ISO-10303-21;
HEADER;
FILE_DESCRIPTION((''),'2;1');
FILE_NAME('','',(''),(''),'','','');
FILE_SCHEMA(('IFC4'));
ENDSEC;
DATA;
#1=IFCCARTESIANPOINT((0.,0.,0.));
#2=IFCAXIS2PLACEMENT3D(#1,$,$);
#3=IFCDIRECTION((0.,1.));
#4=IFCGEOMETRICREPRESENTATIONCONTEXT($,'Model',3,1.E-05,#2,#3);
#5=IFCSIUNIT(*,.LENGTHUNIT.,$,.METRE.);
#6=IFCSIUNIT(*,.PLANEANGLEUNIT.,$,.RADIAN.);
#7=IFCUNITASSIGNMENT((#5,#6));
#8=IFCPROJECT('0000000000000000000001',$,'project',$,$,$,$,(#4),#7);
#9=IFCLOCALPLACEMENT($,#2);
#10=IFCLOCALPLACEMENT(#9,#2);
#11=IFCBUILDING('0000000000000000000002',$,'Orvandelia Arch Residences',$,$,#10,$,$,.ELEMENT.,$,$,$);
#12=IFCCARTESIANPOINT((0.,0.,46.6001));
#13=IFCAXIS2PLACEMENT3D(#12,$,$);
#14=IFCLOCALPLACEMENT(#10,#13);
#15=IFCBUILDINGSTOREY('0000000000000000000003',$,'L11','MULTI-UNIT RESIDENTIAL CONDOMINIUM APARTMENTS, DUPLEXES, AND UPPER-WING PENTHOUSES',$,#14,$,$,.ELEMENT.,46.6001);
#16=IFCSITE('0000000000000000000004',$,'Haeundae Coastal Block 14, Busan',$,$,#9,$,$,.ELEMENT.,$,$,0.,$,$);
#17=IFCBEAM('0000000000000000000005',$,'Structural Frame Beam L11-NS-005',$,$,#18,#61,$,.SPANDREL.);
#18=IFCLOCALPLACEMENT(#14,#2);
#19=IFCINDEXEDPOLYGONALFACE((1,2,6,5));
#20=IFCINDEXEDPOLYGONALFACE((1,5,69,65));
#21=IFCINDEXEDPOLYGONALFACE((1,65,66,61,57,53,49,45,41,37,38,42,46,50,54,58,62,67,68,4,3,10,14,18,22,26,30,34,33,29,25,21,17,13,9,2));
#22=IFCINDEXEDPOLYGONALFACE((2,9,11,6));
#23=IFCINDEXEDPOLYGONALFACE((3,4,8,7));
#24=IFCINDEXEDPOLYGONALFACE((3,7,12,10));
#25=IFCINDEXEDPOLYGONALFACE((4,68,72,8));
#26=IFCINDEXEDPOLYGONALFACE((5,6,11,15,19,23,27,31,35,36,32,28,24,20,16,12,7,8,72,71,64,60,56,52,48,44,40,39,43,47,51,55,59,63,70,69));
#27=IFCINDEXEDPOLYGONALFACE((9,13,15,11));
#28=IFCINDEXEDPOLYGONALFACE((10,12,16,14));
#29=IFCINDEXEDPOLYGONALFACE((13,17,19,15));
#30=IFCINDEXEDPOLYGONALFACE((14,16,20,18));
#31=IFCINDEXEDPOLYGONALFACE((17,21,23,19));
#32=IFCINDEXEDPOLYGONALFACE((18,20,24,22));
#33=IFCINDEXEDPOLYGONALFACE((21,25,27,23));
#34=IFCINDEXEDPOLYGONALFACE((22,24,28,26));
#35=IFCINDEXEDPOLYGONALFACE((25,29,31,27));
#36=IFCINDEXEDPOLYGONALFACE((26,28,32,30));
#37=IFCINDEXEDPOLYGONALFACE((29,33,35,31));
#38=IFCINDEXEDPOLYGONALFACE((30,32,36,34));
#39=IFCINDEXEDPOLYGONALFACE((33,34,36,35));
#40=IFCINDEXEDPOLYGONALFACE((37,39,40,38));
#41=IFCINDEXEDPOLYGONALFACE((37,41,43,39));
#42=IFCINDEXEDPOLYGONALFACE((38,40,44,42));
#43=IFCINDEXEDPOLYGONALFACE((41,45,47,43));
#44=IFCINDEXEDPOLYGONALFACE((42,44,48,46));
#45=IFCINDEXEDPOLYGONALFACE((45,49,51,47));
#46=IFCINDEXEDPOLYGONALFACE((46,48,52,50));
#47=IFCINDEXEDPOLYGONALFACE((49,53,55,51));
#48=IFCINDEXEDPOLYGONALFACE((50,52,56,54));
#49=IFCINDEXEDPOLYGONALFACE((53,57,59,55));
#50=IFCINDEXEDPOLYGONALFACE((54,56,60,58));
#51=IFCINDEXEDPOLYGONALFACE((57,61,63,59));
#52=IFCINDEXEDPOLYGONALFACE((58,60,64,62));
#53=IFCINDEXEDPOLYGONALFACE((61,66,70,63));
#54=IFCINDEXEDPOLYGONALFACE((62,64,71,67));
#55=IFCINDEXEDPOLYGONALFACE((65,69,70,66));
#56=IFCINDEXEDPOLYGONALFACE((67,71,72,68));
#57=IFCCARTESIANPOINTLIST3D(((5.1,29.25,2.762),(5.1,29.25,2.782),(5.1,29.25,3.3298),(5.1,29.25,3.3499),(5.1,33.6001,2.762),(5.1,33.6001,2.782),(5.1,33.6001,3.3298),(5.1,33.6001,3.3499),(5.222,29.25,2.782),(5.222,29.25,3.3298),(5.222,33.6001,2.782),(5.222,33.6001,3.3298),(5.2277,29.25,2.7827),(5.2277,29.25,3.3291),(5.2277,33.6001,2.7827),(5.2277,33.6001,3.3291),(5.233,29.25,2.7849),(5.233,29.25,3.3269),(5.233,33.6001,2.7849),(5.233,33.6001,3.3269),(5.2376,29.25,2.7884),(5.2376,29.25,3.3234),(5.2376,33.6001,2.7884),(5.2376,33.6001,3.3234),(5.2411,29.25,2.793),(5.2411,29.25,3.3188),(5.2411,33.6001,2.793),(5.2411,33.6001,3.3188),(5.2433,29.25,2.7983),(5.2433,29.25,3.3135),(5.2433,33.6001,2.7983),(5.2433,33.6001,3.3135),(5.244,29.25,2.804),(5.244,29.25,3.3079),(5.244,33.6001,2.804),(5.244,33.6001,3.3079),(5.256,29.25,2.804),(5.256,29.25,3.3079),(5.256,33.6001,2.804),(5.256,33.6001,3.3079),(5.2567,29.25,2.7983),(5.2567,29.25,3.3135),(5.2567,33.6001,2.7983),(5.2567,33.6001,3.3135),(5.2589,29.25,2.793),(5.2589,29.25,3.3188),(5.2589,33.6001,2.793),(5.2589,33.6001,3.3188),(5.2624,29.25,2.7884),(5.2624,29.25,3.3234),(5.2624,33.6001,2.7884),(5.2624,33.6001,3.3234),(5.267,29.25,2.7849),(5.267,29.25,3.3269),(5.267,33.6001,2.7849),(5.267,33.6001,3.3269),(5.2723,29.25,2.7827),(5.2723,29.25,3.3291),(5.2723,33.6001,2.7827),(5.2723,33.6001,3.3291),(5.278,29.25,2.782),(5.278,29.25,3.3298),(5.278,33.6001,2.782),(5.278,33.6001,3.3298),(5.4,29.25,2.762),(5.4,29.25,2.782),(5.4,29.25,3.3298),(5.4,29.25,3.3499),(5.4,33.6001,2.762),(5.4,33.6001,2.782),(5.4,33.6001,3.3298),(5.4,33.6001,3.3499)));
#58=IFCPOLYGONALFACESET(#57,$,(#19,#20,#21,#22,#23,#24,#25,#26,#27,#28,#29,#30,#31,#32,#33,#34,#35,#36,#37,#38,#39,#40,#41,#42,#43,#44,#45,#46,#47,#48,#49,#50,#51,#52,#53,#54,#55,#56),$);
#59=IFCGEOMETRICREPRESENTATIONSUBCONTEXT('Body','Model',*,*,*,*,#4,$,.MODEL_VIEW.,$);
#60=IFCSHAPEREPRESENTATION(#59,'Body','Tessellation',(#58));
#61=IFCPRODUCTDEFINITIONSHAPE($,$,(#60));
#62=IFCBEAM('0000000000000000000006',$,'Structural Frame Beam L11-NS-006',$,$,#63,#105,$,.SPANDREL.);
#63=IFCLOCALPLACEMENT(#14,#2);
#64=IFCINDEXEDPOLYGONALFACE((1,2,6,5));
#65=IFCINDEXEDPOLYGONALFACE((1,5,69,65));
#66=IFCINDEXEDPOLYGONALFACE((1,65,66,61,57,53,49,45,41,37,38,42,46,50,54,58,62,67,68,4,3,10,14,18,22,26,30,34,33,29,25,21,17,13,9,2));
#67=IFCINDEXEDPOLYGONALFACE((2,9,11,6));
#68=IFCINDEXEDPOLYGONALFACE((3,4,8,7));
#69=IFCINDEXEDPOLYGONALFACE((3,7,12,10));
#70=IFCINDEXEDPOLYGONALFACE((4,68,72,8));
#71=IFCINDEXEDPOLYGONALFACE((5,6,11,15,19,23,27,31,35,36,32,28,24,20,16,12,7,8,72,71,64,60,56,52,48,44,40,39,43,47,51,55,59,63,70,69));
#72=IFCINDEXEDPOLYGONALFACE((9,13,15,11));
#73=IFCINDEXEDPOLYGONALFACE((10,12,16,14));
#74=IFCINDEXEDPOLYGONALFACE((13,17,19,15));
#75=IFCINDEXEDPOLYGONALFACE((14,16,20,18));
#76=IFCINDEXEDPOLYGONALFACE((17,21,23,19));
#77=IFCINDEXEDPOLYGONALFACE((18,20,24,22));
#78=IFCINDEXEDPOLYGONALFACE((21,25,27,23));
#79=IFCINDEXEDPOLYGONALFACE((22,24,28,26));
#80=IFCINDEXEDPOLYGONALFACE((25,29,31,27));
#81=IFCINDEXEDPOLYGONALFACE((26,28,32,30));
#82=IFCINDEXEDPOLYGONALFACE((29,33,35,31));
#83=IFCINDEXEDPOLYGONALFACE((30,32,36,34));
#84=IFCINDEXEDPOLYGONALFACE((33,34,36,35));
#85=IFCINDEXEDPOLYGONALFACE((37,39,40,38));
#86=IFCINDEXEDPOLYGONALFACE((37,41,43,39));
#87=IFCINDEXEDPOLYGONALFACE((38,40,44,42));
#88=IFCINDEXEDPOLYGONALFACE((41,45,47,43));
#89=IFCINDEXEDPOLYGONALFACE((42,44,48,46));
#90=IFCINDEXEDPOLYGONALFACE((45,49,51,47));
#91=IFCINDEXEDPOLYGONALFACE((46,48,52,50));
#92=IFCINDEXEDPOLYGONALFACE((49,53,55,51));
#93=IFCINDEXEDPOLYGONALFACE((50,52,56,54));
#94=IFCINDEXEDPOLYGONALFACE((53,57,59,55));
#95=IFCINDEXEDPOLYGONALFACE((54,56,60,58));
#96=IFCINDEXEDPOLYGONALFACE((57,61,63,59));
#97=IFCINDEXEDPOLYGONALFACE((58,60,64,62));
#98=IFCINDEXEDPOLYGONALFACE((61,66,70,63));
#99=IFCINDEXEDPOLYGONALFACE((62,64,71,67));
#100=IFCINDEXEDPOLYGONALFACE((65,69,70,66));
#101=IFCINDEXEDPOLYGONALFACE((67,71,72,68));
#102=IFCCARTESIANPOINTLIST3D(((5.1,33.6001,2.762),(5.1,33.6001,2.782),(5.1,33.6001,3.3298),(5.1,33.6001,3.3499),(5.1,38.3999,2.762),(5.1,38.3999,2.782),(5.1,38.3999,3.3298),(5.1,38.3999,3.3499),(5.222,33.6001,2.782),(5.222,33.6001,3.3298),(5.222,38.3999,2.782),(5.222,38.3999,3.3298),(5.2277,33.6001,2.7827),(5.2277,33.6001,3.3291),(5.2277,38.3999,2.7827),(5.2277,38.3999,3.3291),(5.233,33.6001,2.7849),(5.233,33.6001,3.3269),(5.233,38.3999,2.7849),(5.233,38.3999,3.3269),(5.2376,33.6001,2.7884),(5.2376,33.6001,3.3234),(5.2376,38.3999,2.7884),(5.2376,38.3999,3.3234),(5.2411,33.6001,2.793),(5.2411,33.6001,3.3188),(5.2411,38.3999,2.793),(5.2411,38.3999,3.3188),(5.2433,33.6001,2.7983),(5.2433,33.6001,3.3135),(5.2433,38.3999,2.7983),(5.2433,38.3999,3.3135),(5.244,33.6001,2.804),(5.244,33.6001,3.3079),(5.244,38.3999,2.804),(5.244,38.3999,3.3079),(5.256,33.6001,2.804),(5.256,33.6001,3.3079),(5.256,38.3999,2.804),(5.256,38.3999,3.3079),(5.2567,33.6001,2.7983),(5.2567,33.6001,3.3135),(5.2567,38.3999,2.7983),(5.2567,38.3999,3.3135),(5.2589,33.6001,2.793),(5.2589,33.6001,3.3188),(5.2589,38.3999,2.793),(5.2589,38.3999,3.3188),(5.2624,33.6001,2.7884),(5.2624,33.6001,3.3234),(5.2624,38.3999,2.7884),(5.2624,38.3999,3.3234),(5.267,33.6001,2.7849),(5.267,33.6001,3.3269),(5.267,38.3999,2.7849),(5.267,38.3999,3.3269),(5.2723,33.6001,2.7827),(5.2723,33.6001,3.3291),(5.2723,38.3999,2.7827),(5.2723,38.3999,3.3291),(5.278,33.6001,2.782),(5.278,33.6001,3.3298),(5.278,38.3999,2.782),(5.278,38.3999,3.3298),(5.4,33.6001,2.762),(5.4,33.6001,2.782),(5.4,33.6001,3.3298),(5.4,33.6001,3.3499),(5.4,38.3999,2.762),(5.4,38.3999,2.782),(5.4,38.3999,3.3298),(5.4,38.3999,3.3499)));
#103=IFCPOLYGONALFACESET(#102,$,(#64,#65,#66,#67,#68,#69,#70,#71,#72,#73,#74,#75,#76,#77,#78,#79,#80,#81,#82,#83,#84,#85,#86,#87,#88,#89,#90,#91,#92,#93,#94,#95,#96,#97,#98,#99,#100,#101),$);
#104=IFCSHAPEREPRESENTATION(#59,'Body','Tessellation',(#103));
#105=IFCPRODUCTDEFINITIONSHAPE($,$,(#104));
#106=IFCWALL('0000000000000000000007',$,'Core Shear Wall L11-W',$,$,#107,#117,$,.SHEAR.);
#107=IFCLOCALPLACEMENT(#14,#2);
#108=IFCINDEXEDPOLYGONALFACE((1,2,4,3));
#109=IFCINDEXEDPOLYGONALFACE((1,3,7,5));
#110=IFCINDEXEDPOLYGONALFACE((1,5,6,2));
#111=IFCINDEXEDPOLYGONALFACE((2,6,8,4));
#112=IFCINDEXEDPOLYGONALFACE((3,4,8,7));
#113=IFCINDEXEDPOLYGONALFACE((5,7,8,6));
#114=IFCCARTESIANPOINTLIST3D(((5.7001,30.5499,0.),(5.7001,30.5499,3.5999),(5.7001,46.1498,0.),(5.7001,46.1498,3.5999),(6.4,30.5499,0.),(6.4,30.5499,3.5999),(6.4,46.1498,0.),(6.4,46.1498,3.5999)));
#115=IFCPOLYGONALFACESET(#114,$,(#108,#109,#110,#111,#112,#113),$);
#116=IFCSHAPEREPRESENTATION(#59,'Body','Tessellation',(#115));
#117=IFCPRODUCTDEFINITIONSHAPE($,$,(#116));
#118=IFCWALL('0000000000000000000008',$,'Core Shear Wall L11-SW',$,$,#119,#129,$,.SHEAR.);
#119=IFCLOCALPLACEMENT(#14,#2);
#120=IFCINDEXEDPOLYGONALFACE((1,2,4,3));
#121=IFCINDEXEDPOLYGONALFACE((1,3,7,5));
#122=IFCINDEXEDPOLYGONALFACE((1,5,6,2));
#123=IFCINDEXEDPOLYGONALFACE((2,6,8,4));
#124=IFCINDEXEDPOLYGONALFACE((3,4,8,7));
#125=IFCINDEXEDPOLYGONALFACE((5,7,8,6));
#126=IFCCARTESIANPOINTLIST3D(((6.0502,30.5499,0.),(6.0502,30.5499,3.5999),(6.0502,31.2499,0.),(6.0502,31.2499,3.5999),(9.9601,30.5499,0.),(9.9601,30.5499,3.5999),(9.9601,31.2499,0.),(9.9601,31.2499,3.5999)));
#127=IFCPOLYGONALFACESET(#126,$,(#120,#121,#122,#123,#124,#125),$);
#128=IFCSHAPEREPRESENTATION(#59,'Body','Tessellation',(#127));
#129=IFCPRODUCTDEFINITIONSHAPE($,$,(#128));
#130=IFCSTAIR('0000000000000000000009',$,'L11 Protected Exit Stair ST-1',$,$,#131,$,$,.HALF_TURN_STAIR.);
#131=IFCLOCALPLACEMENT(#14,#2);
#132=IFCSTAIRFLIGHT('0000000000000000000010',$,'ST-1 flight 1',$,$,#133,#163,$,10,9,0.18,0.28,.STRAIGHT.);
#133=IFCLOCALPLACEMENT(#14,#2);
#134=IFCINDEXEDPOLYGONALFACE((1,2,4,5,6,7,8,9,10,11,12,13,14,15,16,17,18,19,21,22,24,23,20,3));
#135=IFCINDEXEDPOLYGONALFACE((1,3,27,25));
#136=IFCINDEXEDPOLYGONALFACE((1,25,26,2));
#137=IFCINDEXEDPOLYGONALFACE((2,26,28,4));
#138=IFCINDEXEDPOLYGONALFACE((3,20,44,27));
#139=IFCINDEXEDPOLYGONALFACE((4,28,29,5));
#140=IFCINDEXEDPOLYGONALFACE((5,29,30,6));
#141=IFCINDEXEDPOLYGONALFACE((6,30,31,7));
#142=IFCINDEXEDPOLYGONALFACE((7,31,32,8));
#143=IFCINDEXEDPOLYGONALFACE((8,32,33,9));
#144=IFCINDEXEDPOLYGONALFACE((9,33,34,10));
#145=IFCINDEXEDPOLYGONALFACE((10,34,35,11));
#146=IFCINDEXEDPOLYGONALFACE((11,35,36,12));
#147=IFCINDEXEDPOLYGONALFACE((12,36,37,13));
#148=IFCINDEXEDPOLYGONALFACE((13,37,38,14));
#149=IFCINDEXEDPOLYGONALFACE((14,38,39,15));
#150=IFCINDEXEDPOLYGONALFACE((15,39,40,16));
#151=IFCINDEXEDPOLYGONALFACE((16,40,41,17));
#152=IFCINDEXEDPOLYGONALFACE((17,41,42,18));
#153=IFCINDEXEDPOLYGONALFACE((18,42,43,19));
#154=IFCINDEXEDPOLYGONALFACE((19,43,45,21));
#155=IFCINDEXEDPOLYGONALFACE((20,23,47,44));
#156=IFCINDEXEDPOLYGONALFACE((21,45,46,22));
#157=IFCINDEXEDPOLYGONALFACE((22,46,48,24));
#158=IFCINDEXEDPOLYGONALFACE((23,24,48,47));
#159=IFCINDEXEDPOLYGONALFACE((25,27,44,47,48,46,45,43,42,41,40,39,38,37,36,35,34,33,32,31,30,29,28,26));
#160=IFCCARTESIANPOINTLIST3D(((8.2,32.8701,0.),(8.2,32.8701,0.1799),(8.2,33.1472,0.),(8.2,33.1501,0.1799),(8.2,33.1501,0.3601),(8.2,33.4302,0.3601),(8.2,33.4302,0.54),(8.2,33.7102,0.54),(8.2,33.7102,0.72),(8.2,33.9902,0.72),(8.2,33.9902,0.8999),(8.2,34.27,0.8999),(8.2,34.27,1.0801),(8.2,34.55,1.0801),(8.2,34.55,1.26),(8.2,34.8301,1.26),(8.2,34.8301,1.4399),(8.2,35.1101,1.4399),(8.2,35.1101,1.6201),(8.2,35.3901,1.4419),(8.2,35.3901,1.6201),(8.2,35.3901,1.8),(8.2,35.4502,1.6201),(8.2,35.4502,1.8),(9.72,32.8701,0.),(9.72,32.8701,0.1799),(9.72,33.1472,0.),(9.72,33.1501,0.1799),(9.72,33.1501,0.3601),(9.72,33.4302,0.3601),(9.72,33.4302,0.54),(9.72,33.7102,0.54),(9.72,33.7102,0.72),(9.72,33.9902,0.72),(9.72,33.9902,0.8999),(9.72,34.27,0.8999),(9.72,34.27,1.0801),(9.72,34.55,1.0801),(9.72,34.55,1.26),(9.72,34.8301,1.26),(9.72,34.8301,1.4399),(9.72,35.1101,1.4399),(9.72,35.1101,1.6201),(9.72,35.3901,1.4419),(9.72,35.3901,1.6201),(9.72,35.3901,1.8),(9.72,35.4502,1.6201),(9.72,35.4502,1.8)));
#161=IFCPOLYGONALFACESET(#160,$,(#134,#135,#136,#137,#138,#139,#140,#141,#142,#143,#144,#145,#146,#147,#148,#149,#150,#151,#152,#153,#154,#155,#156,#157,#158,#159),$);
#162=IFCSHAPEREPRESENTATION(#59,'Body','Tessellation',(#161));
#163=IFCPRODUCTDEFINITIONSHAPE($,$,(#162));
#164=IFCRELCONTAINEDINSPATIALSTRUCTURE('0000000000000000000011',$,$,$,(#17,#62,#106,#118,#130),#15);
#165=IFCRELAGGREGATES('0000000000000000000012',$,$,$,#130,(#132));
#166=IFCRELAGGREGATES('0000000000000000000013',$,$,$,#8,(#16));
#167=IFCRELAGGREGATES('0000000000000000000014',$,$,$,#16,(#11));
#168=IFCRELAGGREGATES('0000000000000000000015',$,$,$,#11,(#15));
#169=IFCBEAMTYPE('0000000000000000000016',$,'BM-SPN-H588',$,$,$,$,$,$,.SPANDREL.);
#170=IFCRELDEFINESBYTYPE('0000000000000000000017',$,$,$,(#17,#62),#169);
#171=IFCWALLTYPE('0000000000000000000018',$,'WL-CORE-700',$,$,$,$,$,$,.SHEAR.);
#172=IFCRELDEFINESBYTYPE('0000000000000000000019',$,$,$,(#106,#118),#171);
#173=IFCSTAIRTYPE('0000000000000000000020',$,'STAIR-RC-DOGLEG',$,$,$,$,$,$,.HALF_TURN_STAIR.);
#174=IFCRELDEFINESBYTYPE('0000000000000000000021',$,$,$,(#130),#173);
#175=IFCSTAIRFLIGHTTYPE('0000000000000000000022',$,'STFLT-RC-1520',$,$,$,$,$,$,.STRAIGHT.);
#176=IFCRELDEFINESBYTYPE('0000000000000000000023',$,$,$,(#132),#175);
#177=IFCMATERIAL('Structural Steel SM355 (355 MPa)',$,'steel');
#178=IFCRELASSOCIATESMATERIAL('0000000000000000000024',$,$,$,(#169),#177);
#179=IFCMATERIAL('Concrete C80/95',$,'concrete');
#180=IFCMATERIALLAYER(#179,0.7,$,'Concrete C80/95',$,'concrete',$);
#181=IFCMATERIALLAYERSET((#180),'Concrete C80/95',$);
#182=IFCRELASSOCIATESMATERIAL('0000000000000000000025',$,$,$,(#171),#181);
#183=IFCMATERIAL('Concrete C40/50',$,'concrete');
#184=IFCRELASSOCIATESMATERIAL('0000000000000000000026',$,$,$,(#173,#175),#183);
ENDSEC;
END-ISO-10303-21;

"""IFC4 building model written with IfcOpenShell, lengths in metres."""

from ifc_helpers import new_model, si_unit, direction, frame, frame_2d, origin, origin_2d, place, context, subcontext, project, spatial, polyline, rectangle, i_section, outline, extrude, material, layer, layer_set, material_profile, profile_set, type_object, element, aggregate, save


model = new_model("IFC4")

# Units and contexts
model_context = context("Model", 3, precision=1e-05, world=origin(), true_north=direction((0.0, 1.0)))
body_context = subcontext(model_context, "Body", "Model", "MODEL_VIEW")
ifc_project = project(units=[si_unit("LENGTHUNIT", "METRE"), si_unit("PLANEANGLEUNIT", "RADIAN")], contexts=[model_context])

# Site, building, storey
site_placement = place(None, origin())
site = spatial("IfcSite", under=ifc_project, at=site_placement, Name="Haeundae Coastal Block 14, Busan", CompositionType="ELEMENT", RefElevation=0.0)
building_placement = place(site_placement, origin())
building = spatial("IfcBuilding", under=site, at=building_placement, Name="Orvandelia Arch Residences", CompositionType="ELEMENT")
storey_placement = place(building_placement, frame((0.0, 0.0, 46.6001)))
storey = spatial("IfcBuildingStorey", under=building, at=storey_placement, Name="L11", Description="MULTI-UNIT RESIDENTIAL CONDOMINIUM APARTMENTS, DUPLEXES, AND UPPER-WING PENTHOUSES", CompositionType="ELEMENT", Elevation=46.6001)

# Shared definitions
ifc_material_1 = material(Name="Concrete C80/95", Category="concrete")

# Beams
ifc_material_2 = material(Name="Structural Steel SM355 (355 MPa)", Category="steel")
ifc_material_profile_1 = material_profile(ifc_material_2, i_section(OverallWidth=0.3, OverallDepth=0.5879, WebThickness=0.012, FlangeThickness=0.02, FilletRadius=0.022, at=origin_2d()), Name="Structural Steel SM355 (355 MPa)", Category="steel")
ifc_profile_set_1 = profile_set([ifc_material_profile_1], Name="Structural Steel SM355 (355 MPa)")
beam_type_1 = type_object("IfcBeamType", Name="BM-SPN-H588", PredefinedType="SPANDREL", material=ifc_profile_set_1)
beam_1_placement = place(storey_placement, frame((5.25, 29.25, 3.0559), z_axis=(0.0, 1.0, 0.0), x_axis=(-1.0, 0.0, 0.0)))
element("IfcBeam", 1, at=beam_1_placement, inside=storey, type_object=beam_type_1, Name="Structural Frame Beam L11-NS-005", PredefinedType="SPANDREL", context=body_context, shape_type="SweptSolid", body=[
    extrude(i_section(OverallWidth=0.3, OverallDepth=0.5879, WebThickness=0.012, FlangeThickness=0.02, FilletRadius=0.022, at=origin_2d()), origin(), (0.0, 0.0, 1.0), 4.3501),
])
beam_2_placement = place(storey_placement, frame((5.25, 33.6001, 3.0559), z_axis=(0.0, 1.0, 0.0), x_axis=(-1.0, 0.0, 0.0)))
element("IfcBeam", 2, at=beam_2_placement, inside=storey, type_object=beam_type_1, Name="Structural Frame Beam L11-NS-006", PredefinedType="SPANDREL", context=body_context, shape_type="SweptSolid", body=[
    extrude(i_section(OverallWidth=0.3, OverallDepth=0.5879, WebThickness=0.012, FlangeThickness=0.02, FilletRadius=0.022, at=origin_2d()), origin(), (0.0, 0.0, 1.0), 4.7998),
])

# Walls
ifc_layer = layer(ifc_material_1, 0.7, Name="Concrete C80/95", Category="concrete")
ifc_layer_set = layer_set([ifc_layer], Name="Concrete C80/95")
wall_type = type_object("IfcWallType", Name="WL-CORE-700", PredefinedType="SHEAR", material=ifc_layer_set)
wall_1_placement = place(storey_placement, frame((6.05, 30.55, 0.0), z_axis=(0.0, 0.0, 1.0), x_axis=(0.0, 1.0, 0.0)))
element("IfcWall", 3, at=wall_1_placement, inside=storey, type_object=wall_type, Name="Core Shear Wall L11-W", PredefinedType="SHEAR", context=body_context, shape_type="SweptSolid", body=[
    extrude(rectangle(XDim=15.5999, YDim=0.7, at=frame_2d((7.7998, 0.0))), origin(), (0.0, 0.0, 1.0), 3.5999),
])
wall_2_placement = place(storey_placement, frame((6.05, 30.8999, 0.0), z_axis=(0.0, 0.0, 1.0), x_axis=(1.0, 0.0, 0.0)))
element("IfcWall", 4, at=wall_2_placement, inside=storey, type_object=wall_type, Name="Core Shear Wall L11-SW", PredefinedType="SHEAR", context=body_context, shape_type="SweptSolid", body=[
    extrude(rectangle(XDim=3.9099, YDim=0.7, at=frame_2d((1.9551, 0.0))), origin(), (0.0, 0.0, 1.0), 3.5999),
])

# Stair, stair flight
ifc_material_3 = material(Name="Concrete C40/50", Category="concrete")
stair_type = type_object("IfcStairType", Name="STAIR-RC-DOGLEG", PredefinedType="HALF_TURN_STAIR", material=ifc_material_3)
stair_placement = place(storey_placement, origin())
stair = element("IfcStair", 5, at=stair_placement, inside=storey, type_object=stair_type, Name="L11 Protected Exit Stair ST-1", PredefinedType="HALF_TURN_STAIR")
stair_flight_type = type_object("IfcStairFlightType", Name="STFLT-RC-1520", PredefinedType="STRAIGHT", material=ifc_material_3)
stair_flight_1_placement = place(storey_placement, frame((8.96, 32.8701, 0.0), z_axis=(0.0, 0.0, 1.0), x_axis=(0.0, 1.0, 0.0)))
stair_flight_1 = element("IfcStairFlight", 6, at=stair_flight_1_placement, type_object=stair_flight_type, Name="ST-1 flight 1", NumberOfRisers=10, NumberOfTreads=9, PredefinedType="STRAIGHT", RiserHeight=0.18, TreadLength=0.28, context=body_context, shape_type="SweptSolid", body=[
    extrude(outline(polyline([(0.0, 0.0), (0.0, 0.1799), (0.28, 0.1799), (0.28, 0.3601), (0.5601, 0.3601), (0.5601, 0.54), (0.8401, 0.54), (0.8401, 0.72), (1.1201, 0.72), (1.1201, 0.8999), (1.3999, 0.8999), (1.3999, 1.0801), (1.6799, 1.0801), (1.6799, 1.26), (1.96, 1.26), (1.96, 1.4399), (2.24, 1.4399), (2.24, 1.6201), (2.52, 1.6201), (2.52, 1.8), (2.5801, 1.8), (2.5801, 1.6201), (2.52, 1.4419), (0.2771, 0.0), (0.0, 0.0)])), frame((0.0, 0.76, 0.0), z_axis=(0.0, -1.0, 0.0), x_axis=(1.0, 0.0, 0.0)), (0.0, 0.0, 1.0), 1.52),
])
aggregate(stair, [stair_flight_1])

save(model, "model.ifc")
